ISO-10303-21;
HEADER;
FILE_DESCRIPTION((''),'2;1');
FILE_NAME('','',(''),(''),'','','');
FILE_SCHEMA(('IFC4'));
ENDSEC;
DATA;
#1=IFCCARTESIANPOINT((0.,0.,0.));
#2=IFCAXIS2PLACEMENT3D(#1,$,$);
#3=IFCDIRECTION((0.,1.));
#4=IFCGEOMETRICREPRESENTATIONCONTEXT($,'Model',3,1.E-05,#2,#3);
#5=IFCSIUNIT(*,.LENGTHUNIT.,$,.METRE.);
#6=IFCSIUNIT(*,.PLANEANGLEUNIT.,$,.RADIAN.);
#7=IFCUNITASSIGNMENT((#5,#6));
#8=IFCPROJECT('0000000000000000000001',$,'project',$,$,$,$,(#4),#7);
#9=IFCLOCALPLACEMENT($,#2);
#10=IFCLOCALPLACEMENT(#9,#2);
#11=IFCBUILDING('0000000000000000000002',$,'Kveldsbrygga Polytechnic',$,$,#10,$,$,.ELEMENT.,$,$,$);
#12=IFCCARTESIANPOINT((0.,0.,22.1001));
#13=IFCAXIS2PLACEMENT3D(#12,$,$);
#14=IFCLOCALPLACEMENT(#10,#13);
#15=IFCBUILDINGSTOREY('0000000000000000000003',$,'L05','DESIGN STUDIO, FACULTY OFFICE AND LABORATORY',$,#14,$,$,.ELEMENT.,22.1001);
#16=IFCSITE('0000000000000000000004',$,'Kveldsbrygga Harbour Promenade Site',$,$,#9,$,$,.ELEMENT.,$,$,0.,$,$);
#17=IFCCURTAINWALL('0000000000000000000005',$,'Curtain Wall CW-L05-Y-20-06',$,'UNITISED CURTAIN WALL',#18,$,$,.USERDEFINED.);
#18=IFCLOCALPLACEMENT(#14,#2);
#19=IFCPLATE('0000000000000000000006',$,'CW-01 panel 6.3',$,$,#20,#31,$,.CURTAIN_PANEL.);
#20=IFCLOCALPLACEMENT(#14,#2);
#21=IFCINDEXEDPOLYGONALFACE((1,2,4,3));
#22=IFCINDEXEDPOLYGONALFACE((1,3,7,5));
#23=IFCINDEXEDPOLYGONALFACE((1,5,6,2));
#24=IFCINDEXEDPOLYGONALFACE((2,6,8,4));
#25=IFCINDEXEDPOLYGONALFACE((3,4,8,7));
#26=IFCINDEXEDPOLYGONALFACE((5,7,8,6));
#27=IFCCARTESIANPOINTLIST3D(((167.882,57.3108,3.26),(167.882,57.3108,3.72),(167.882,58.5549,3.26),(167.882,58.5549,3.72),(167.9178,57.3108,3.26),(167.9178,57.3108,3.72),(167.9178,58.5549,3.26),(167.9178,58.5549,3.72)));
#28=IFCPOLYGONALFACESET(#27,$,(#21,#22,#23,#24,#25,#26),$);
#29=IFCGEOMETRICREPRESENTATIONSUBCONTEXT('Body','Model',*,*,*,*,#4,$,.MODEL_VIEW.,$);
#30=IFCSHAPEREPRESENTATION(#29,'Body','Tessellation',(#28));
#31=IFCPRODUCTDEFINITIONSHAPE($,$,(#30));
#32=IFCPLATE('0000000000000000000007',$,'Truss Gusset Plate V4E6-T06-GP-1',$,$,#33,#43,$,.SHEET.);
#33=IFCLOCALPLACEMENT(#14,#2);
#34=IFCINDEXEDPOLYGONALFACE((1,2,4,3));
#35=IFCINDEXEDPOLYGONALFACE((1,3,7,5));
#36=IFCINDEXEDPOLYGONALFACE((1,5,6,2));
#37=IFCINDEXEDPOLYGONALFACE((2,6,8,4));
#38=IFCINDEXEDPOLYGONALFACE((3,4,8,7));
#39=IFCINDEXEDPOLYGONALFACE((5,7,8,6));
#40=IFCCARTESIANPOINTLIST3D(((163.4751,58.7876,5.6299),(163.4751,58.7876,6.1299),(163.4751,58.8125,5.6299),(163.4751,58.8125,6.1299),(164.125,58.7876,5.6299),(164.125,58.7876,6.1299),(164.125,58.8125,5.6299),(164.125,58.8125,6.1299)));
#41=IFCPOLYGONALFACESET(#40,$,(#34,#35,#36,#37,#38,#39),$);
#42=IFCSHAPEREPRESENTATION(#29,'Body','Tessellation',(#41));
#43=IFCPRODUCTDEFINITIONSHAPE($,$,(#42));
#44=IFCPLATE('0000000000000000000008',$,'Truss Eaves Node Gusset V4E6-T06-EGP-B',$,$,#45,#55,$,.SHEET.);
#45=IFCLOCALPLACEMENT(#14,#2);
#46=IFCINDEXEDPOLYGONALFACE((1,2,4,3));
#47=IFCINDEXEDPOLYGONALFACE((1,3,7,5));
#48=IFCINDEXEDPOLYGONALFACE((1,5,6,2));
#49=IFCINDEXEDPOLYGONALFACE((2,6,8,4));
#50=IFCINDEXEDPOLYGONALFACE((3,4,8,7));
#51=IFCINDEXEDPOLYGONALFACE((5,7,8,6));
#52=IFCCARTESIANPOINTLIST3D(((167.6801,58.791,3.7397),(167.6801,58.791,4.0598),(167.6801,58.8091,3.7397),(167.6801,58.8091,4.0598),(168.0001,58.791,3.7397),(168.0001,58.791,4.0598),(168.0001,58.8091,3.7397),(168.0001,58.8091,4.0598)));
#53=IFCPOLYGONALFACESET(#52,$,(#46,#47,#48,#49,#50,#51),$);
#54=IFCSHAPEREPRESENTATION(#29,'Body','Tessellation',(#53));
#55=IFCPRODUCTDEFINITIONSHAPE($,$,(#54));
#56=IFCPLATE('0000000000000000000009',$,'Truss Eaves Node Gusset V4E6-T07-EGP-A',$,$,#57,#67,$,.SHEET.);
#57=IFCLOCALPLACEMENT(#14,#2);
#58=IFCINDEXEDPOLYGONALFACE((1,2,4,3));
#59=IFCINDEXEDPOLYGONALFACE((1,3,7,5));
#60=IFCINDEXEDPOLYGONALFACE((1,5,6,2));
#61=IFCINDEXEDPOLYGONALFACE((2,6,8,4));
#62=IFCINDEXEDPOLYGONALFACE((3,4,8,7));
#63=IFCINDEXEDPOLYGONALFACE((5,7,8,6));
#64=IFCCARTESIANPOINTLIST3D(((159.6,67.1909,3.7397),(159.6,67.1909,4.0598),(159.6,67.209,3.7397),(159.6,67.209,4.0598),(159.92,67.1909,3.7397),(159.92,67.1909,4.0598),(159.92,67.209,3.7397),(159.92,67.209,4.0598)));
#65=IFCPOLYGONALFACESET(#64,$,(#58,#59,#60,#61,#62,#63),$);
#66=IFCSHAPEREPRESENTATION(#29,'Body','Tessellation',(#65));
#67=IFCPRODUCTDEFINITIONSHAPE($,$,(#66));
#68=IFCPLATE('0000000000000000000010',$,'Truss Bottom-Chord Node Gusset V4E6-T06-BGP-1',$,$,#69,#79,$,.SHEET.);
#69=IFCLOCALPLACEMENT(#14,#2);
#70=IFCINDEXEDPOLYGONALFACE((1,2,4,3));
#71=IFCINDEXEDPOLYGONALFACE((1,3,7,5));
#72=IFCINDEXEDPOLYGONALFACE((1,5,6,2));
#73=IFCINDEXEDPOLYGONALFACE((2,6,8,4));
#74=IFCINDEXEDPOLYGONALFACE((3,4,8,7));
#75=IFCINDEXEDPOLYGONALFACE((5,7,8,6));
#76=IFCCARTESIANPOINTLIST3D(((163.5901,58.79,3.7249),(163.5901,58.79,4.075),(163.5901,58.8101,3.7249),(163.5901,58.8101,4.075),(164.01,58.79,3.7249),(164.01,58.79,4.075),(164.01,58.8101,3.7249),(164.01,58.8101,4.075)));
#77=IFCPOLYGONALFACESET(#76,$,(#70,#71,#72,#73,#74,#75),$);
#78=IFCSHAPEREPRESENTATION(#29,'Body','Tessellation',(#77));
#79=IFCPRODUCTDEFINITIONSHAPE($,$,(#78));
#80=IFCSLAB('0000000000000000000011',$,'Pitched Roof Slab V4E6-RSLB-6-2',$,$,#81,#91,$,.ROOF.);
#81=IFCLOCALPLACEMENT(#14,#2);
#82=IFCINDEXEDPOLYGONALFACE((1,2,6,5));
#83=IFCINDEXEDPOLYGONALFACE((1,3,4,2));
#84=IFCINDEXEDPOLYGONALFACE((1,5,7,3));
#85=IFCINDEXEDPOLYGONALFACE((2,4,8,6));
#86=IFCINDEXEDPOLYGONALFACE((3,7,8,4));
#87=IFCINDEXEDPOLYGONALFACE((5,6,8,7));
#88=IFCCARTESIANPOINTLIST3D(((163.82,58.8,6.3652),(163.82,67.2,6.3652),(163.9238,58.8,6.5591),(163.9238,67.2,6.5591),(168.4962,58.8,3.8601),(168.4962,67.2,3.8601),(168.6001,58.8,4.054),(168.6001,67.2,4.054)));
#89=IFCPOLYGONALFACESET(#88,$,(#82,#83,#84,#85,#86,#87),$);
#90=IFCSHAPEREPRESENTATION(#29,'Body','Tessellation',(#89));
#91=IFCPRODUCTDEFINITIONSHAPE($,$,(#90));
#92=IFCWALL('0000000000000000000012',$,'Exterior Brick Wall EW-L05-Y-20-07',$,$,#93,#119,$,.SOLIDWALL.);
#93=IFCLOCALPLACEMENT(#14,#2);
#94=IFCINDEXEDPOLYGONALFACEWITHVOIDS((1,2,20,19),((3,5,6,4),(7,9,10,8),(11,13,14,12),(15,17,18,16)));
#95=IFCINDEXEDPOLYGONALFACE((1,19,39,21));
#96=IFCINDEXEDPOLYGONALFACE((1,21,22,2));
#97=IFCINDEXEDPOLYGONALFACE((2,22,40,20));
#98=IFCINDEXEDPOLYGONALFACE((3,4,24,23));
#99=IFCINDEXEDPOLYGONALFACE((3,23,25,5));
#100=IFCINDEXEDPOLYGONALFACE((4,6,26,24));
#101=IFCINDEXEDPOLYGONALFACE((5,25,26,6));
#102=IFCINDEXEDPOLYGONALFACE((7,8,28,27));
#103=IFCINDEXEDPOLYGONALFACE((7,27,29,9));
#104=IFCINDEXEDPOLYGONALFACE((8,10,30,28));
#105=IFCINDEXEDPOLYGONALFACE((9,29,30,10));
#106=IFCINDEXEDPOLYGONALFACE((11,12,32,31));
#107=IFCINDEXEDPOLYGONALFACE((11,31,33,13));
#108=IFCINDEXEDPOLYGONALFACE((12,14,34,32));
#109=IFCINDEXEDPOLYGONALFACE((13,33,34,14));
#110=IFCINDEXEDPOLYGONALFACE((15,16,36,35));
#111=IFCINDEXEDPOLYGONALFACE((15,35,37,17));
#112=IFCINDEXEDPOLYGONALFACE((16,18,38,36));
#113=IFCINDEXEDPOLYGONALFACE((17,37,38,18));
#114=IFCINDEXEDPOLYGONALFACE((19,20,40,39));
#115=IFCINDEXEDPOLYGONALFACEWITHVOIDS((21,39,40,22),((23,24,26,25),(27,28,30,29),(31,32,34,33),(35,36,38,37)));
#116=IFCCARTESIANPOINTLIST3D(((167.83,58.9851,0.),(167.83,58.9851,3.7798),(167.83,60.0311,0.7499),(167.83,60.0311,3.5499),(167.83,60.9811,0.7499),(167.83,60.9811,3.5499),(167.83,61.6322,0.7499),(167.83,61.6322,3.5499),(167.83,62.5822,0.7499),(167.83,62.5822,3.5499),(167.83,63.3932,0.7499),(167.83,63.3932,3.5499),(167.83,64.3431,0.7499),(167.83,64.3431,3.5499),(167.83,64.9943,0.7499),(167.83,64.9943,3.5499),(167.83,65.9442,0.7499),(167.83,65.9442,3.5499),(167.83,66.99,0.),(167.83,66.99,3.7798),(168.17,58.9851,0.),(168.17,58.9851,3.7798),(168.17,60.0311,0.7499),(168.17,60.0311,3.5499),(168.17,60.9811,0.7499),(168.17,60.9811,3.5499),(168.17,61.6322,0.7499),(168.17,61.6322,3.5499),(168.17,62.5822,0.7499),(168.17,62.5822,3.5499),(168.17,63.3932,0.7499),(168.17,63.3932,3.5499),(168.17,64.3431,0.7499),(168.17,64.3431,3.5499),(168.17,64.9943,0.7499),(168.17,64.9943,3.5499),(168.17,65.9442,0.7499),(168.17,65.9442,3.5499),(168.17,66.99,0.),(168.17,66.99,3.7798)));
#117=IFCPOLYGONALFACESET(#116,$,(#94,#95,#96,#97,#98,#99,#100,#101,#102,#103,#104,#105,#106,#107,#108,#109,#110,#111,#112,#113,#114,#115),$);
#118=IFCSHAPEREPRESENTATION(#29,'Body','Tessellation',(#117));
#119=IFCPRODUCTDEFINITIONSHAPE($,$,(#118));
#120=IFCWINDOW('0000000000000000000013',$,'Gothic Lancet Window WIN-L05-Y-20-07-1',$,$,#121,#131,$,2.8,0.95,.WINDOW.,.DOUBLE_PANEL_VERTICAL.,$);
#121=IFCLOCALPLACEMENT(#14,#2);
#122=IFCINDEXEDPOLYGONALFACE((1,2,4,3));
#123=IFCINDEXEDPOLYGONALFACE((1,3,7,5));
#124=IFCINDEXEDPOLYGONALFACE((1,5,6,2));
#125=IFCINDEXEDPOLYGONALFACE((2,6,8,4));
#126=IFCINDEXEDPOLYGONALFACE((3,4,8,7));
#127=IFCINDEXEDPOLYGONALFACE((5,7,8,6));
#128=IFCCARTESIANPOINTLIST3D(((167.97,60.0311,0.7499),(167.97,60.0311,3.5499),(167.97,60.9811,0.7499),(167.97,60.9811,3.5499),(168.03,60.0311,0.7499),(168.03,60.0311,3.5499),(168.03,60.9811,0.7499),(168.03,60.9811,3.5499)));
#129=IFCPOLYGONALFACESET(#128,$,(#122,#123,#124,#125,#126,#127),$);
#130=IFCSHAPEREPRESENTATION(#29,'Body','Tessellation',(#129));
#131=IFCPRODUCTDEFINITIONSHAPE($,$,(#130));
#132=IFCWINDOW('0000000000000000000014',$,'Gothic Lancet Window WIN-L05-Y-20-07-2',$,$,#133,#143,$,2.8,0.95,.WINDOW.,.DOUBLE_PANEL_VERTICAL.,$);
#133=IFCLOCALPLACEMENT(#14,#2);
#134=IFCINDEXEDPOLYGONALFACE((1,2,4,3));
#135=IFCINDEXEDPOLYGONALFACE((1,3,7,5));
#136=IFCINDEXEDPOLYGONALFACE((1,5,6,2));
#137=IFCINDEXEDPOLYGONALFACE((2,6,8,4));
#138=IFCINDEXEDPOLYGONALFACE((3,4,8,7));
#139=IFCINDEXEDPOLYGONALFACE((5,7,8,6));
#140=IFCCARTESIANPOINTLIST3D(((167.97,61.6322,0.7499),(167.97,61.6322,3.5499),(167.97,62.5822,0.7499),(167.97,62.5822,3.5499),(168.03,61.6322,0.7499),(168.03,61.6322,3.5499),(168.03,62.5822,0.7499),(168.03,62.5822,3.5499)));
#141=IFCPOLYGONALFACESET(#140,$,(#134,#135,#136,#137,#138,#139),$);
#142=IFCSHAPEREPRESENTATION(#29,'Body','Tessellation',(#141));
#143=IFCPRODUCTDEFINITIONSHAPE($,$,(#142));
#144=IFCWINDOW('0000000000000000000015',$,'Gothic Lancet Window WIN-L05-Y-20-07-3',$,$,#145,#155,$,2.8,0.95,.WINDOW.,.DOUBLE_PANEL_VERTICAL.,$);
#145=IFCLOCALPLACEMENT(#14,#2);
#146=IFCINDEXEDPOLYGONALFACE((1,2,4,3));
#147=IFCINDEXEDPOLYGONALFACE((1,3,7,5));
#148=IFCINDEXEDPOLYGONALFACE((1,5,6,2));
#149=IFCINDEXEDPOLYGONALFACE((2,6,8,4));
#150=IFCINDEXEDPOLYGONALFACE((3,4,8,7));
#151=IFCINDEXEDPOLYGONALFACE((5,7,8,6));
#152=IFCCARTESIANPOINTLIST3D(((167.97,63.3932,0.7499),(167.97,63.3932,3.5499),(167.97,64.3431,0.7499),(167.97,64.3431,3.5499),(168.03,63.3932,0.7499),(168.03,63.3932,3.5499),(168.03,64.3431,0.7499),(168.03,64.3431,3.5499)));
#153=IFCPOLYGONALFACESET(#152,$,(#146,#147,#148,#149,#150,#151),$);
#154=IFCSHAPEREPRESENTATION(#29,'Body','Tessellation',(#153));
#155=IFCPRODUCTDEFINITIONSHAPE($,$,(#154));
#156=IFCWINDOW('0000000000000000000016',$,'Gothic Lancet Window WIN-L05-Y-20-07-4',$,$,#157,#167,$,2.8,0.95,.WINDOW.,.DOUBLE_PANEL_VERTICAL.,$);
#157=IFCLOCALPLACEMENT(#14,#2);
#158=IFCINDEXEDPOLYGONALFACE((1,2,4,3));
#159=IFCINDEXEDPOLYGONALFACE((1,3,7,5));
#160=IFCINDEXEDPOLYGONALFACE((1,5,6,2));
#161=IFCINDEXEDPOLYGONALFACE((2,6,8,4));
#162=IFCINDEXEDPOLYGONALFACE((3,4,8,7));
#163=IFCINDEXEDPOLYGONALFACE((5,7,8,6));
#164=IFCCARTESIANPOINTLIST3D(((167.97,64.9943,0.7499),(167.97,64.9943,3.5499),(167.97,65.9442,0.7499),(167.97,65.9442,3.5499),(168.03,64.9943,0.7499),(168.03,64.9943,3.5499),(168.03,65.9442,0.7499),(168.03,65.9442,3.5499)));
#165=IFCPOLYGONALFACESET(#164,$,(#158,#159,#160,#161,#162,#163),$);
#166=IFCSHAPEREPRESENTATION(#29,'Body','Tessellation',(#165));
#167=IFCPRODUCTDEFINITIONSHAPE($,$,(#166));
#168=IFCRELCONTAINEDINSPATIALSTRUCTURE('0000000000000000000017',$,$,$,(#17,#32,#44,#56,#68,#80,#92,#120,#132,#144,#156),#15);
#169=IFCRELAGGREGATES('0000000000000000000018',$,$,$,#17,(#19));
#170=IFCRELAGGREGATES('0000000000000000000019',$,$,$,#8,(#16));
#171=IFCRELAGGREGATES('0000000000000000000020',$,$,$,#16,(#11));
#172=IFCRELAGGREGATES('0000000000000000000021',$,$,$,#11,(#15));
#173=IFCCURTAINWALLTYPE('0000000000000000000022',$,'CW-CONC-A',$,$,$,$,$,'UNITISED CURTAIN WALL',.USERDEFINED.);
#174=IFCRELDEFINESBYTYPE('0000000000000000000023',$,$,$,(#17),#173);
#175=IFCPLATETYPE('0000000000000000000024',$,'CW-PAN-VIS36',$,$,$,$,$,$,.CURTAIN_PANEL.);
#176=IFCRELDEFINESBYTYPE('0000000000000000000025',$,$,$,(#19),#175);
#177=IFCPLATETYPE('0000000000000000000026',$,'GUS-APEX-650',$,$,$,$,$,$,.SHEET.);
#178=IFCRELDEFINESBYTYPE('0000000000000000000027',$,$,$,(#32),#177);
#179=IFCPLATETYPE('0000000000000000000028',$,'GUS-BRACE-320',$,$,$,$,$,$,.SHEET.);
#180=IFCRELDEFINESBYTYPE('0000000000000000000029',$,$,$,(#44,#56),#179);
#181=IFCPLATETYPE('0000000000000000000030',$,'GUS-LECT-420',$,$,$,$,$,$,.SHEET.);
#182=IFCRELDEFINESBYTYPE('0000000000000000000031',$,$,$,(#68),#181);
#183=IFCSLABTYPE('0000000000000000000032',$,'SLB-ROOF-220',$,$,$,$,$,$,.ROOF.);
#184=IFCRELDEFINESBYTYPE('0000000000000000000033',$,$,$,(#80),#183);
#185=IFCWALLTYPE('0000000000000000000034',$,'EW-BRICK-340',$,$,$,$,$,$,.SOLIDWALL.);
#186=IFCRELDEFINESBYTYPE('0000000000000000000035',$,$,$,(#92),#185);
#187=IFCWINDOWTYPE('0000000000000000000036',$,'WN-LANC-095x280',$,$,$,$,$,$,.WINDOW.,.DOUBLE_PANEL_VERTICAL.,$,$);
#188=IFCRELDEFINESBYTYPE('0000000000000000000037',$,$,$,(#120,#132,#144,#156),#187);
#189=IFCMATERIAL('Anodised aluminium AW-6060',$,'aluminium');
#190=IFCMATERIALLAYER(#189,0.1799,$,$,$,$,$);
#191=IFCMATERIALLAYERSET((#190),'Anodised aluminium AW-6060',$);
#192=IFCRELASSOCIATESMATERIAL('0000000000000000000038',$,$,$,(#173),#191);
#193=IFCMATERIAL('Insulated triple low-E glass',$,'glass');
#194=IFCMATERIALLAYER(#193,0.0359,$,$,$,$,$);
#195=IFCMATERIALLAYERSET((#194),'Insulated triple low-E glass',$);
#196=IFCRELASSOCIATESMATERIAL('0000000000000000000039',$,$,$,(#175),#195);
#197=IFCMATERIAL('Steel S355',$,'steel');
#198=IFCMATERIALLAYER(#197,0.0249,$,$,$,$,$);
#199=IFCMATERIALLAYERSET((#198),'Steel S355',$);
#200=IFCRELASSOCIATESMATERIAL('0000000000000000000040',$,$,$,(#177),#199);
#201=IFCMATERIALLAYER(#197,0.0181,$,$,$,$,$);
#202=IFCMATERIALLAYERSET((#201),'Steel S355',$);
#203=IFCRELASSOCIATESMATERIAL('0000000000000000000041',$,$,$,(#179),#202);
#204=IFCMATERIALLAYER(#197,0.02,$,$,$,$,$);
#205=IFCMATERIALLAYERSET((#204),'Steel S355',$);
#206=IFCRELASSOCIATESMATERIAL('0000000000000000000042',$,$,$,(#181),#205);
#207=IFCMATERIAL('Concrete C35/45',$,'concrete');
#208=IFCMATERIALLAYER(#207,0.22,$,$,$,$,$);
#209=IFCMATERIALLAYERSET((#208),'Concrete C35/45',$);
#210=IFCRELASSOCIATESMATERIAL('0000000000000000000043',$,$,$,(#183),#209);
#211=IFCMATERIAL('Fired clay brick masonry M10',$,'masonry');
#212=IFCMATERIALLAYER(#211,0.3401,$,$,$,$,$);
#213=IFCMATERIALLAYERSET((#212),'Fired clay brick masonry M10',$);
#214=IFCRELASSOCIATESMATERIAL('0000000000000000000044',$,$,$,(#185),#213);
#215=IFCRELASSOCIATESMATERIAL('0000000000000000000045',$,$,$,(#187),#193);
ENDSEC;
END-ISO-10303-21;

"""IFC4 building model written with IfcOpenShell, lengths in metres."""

from ifc_helpers import new_model, si_unit, direction, frame, frame_2d, origin, origin_2d, place, context, subcontext, project, spatial, polyline, rectangle, outline, extrude, material, layer, layer_set, type_object, element, fill, aggregate, save


model = new_model("IFC4")

# Units and contexts
model_context = context("Model", 3, precision=1e-05, world=origin(), true_north=direction((0.0, 1.0)))
body_context = subcontext(model_context, "Body", "Model", "MODEL_VIEW")
ifc_project = project(units=[si_unit("LENGTHUNIT", "METRE"), si_unit("PLANEANGLEUNIT", "RADIAN")], contexts=[model_context])

# Site, building, storey
site_placement = place(None, origin())
site = spatial("IfcSite", under=ifc_project, at=site_placement, Name="Kveldsbrygga Harbour Promenade Site", CompositionType="ELEMENT", RefElevation=0.0)
building_placement = place(site_placement, origin())
building = spatial("IfcBuilding", under=site, at=building_placement, Name="Kveldsbrygga Polytechnic", CompositionType="ELEMENT")
storey_placement = place(building_placement, frame((0.0, 0.0, 22.1001)))
storey = spatial("IfcBuildingStorey", under=building, at=storey_placement, Name="L05", Description="DESIGN STUDIO, FACULTY OFFICE AND LABORATORY", CompositionType="ELEMENT", Elevation=22.1001)

# Curtain wall
ifc_material_1 = material(Name="Anodised aluminium AW-6060", Category="aluminium")
ifc_layer_1 = layer(ifc_material_1, 0.1799)
ifc_layer_set_1 = layer_set([ifc_layer_1], Name="Anodised aluminium AW-6060")
curtain_wall_type = type_object("IfcCurtainWallType", Name="CW-CONC-A", ElementType="UNITISED CURTAIN WALL", PredefinedType="USERDEFINED", material=ifc_layer_set_1)
curtain_wall_placement = place(storey_placement, origin())
curtain_wall = element("IfcCurtainWall", 1, at=curtain_wall_placement, inside=storey, type_object=curtain_wall_type, Name="Curtain Wall CW-L05-Y-20-06", ObjectType="UNITISED CURTAIN WALL", PredefinedType="USERDEFINED")

# Shared definitions
ifc_material_2 = material(Name="Steel S355", Category="steel")

# Plate
ifc_material_3 = material(Name="Insulated triple low-E glass", Category="glass")
ifc_layer_2 = layer(ifc_material_3, 0.0359)
ifc_layer_set_2 = layer_set([ifc_layer_2], Name="Insulated triple low-E glass")
plate_type_1 = type_object("IfcPlateType", Name="CW-PAN-VIS36", PredefinedType="CURTAIN_PANEL", material=ifc_layer_set_2)
plate_1_placement = place(storey_placement, frame((167.8999, 57.9329, 3.26), z_axis=(0.0, 0.0, 1.0), x_axis=(0.0, 1.0, 0.0)))
plate_1 = element("IfcPlate", 2, at=plate_1_placement, type_object=plate_type_1, Name="CW-01 panel 6.3", PredefinedType="CURTAIN_PANEL", context=body_context, shape_type="SweptSolid", body=[
    extrude(rectangle(XDim=1.2441, YDim=0.0359, at=origin_2d()), origin(), (0.0, 0.0, 1.0), 0.46),
])
aggregate(curtain_wall, [plate_1])

# Plates
ifc_layer_3 = layer(ifc_material_2, 0.0249)
ifc_layer_set_3 = layer_set([ifc_layer_3], Name="Steel S355")
plate_type_2 = type_object("IfcPlateType", Name="GUS-APEX-650", PredefinedType="SHEET", material=ifc_layer_set_3)
plate_2_placement = place(storey_placement, frame((163.8, 58.8, 5.6299), z_axis=(0.0, 0.0, 1.0), x_axis=(1.0, 0.0, 0.0)))
element("IfcPlate", 3, at=plate_2_placement, inside=storey, type_object=plate_type_2, Name="Truss Gusset Plate V4E6-T06-GP-1", PredefinedType="SHEET", context=body_context, shape_type="SweptSolid", body=[
    extrude(rectangle(XDim=0.6499, YDim=0.0249, at=origin_2d()), origin(), (0.0, 0.0, 1.0), 0.5),
])
ifc_layer_4 = layer(ifc_material_2, 0.0181)
ifc_layer_set_4 = layer_set([ifc_layer_4], Name="Steel S355")
plate_type_3 = type_object("IfcPlateType", Name="GUS-BRACE-320", PredefinedType="SHEET", material=ifc_layer_set_4)
for number, where, z_axis, x_axis, name in (
    (4, (167.8401, 58.8, 3.7397), (0.0, 0.0, 1.0), (1.0, 0.0, 0.0), "Truss Eaves Node Gusset V4E6-T06-EGP-B"),
    (5, (159.76, 67.2, 3.7397), (0.0, 0.0, 1.0), (1.0, 0.0, 0.0), "Truss Eaves Node Gusset V4E6-T07-EGP-A"),
):
    element("IfcPlate", number, at=place(storey_placement, frame(where, z_axis=z_axis, x_axis=x_axis)), inside=storey, type_object=plate_type_3, Name=name, PredefinedType="SHEET", context=body_context, shape_type="SweptSolid", body=[
        extrude(rectangle(XDim=0.3201, YDim=0.0181, at=origin_2d()), origin(), (0.0, 0.0, 1.0), 0.3201),
    ])
ifc_layer_5 = layer(ifc_material_2, 0.02)
ifc_layer_set_5 = layer_set([ifc_layer_5], Name="Steel S355")
plate_type_4 = type_object("IfcPlateType", Name="GUS-LECT-420", PredefinedType="SHEET", material=ifc_layer_set_5)
plate_3_placement = place(storey_placement, frame((163.8, 58.8, 3.7249), z_axis=(0.0, 0.0, 1.0), x_axis=(1.0, 0.0, 0.0)))
element("IfcPlate", 6, at=plate_3_placement, inside=storey, type_object=plate_type_4, Name="Truss Bottom-Chord Node Gusset V4E6-T06-BGP-1", PredefinedType="SHEET", context=body_context, shape_type="SweptSolid", body=[
    extrude(rectangle(XDim=0.4199, YDim=0.02, at=origin_2d()), origin(), (0.0, 0.0, 1.0), 0.3501),
])

# Slab
ifc_material_4 = material(Name="Concrete C35/45", Category="concrete")
ifc_layer_6 = layer(ifc_material_4, 0.22)
ifc_layer_set_6 = layer_set([ifc_layer_6], Name="Concrete C35/45")
slab_type = type_object("IfcSlabType", Name="SLB-ROOF-220", PredefinedType="ROOF", material=ifc_layer_set_6)
slab_placement = place(storey_placement, frame((163.9238, 58.8, 6.5591), z_axis=(0.472219, 0.0, 0.881481), x_axis=(0.881481, 0.0, -0.472219)))
element("IfcSlab", 7, at=slab_placement, inside=storey, type_object=slab_type, Name="Pitched Roof Slab V4E6-RSLB-6-2", PredefinedType="ROOF", context=body_context, shape_type="SweptSolid", body=[
    extrude(outline(polyline([(0.0, 0.0), (5.305, 0.0), (5.305, 8.3999), (0.0, 8.3999), (0.0, 0.0)])), origin(), (0.0, 0.0, -1.0), 0.22),
])

# Wall, openings, windows
ifc_material_5 = material(Name="Fired clay brick masonry M10", Category="masonry")
ifc_layer_7 = layer(ifc_material_5, 0.3401)
ifc_layer_set_7 = layer_set([ifc_layer_7], Name="Fired clay brick masonry M10")
wall_type = type_object("IfcWallType", Name="EW-BRICK-340", PredefinedType="SOLIDWALL", material=ifc_layer_set_7)
wall_placement = place(storey_placement, frame((168.0, 58.9851, 0.0), z_axis=(0.0, 0.0, 1.0), x_axis=(0.0, 1.0, 0.0)))
wall = element("IfcWall", 8, at=wall_placement, inside=storey, type_object=wall_type, Name="Exterior Brick Wall EW-L05-Y-20-07", PredefinedType="SOLIDWALL", context=body_context, shape_type="SweptSolid", body=[
    extrude(rectangle(XDim=8.0049, YDim=0.3401, at=frame_2d((4.0024, 0.0))), origin(), (0.0, 0.0, 1.0), 3.7798),
])
opening_1_placement = place(wall_placement, frame((1.0459, 0.0, 0.75)))
opening_1 = element("IfcOpeningElement", 9, at=opening_1_placement, cuts=wall, PredefinedType="OPENING", context=body_context, shape_type="SweptSolid", body=[
    extrude(rectangle(XDim=0.95, YDim=2.8, at=frame_2d((0.4751, 1.3999))), frame((0.0, 0.1802, 0.0), z_axis=(0.0, -1.0, 0.0), x_axis=(1.0, 0.0, 0.0)), (0.0, 0.0, 1.0), 0.3601),
])
opening_2_placement = place(wall_placement, frame((2.647, 0.0, 0.75)))
opening_2 = element("IfcOpeningElement", 10, at=opening_2_placement, cuts=wall, PredefinedType="OPENING", context=body_context, shape_type="SweptSolid", body=[
    extrude(rectangle(XDim=0.95, YDim=2.8, at=frame_2d((0.4751, 1.3999))), frame((0.0, 0.1802, 0.0), z_axis=(0.0, -1.0, 0.0), x_axis=(1.0, 0.0, 0.0)), (0.0, 0.0, 1.0), 0.3601),
])
opening_3_placement = place(wall_placement, frame((4.408, 0.0, 0.75)))
opening_3 = element("IfcOpeningElement", 11, at=opening_3_placement, cuts=wall, PredefinedType="OPENING", context=body_context, shape_type="SweptSolid", body=[
    extrude(rectangle(XDim=0.95, YDim=2.8, at=frame_2d((0.4751, 1.3999))), frame((0.0, 0.1802, 0.0), z_axis=(0.0, -1.0, 0.0), x_axis=(1.0, 0.0, 0.0)), (0.0, 0.0, 1.0), 0.3601),
])
opening_4_placement = place(wall_placement, frame((6.009, 0.0, 0.75)))
opening_4 = element("IfcOpeningElement", 12, at=opening_4_placement, cuts=wall, PredefinedType="OPENING", context=body_context, shape_type="SweptSolid", body=[
    extrude(rectangle(XDim=0.95, YDim=2.8, at=frame_2d((0.4751, 1.3999))), frame((0.0, 0.1802, 0.0), z_axis=(0.0, -1.0, 0.0), x_axis=(1.0, 0.0, 0.0)), (0.0, 0.0, 1.0), 0.3601),
])
window_type = type_object("IfcWindowType", Name="WN-LANC-095x280", PartitioningType="DOUBLE_PANEL_VERTICAL", PredefinedType="WINDOW", material=ifc_material_3)
window_1_placement = place(opening_1_placement, origin())
window_1 = element("IfcWindow", 13, at=window_1_placement, inside=storey, type_object=window_type, Name="Gothic Lancet Window WIN-L05-Y-20-07-1", OverallHeight=2.8, OverallWidth=0.95, PartitioningType="DOUBLE_PANEL_VERTICAL", PredefinedType="WINDOW", context=body_context, shape_type="SweptSolid", body=[
    extrude(rectangle(XDim=0.95, YDim=2.8, at=frame_2d((0.4751, 1.3999))), frame((0.0, 0.03, 0.0), z_axis=(0.0, -1.0, 0.0), x_axis=(1.0, 0.0, 0.0)), (0.0, 0.0, 1.0), 0.0601),
])
fill(opening_1, window_1)
window_2_placement = place(opening_2_placement, origin())
window_2 = element("IfcWindow", 14, at=window_2_placement, inside=storey, type_object=window_type, Name="Gothic Lancet Window WIN-L05-Y-20-07-2", OverallHeight=2.8, OverallWidth=0.95, PartitioningType="DOUBLE_PANEL_VERTICAL", PredefinedType="WINDOW", context=body_context, shape_type="SweptSolid", body=[
    extrude(rectangle(XDim=0.95, YDim=2.8, at=frame_2d((0.4751, 1.3999))), frame((0.0, 0.03, 0.0), z_axis=(0.0, -1.0, 0.0), x_axis=(1.0, 0.0, 0.0)), (0.0, 0.0, 1.0), 0.0601),
])
fill(opening_2, window_2)
window_3_placement = place(opening_3_placement, origin())
window_3 = element("IfcWindow", 15, at=window_3_placement, inside=storey, type_object=window_type, Name="Gothic Lancet Window WIN-L05-Y-20-07-3", OverallHeight=2.8, OverallWidth=0.95, PartitioningType="DOUBLE_PANEL_VERTICAL", PredefinedType="WINDOW", context=body_context, shape_type="SweptSolid", body=[
    extrude(rectangle(XDim=0.95, YDim=2.8, at=frame_2d((0.4751, 1.3999))), frame((0.0, 0.03, 0.0), z_axis=(0.0, -1.0, 0.0), x_axis=(1.0, 0.0, 0.0)), (0.0, 0.0, 1.0), 0.0601),
])
fill(opening_3, window_3)
window_4_placement = place(opening_4_placement, origin())
window_4 = element("IfcWindow", 16, at=window_4_placement, inside=storey, type_object=window_type, Name="Gothic Lancet Window WIN-L05-Y-20-07-4", OverallHeight=2.8, OverallWidth=0.95, PartitioningType="DOUBLE_PANEL_VERTICAL", PredefinedType="WINDOW", context=body_context, shape_type="SweptSolid", body=[
    extrude(rectangle(XDim=0.95, YDim=2.8, at=frame_2d((0.4751, 1.3999))), frame((0.0, 0.03, 0.0), z_axis=(0.0, -1.0, 0.0), x_axis=(1.0, 0.0, 0.0)), (0.0, 0.0, 1.0), 0.0601),
])
fill(opening_4, window_4)

save(model, "model.ifc")
